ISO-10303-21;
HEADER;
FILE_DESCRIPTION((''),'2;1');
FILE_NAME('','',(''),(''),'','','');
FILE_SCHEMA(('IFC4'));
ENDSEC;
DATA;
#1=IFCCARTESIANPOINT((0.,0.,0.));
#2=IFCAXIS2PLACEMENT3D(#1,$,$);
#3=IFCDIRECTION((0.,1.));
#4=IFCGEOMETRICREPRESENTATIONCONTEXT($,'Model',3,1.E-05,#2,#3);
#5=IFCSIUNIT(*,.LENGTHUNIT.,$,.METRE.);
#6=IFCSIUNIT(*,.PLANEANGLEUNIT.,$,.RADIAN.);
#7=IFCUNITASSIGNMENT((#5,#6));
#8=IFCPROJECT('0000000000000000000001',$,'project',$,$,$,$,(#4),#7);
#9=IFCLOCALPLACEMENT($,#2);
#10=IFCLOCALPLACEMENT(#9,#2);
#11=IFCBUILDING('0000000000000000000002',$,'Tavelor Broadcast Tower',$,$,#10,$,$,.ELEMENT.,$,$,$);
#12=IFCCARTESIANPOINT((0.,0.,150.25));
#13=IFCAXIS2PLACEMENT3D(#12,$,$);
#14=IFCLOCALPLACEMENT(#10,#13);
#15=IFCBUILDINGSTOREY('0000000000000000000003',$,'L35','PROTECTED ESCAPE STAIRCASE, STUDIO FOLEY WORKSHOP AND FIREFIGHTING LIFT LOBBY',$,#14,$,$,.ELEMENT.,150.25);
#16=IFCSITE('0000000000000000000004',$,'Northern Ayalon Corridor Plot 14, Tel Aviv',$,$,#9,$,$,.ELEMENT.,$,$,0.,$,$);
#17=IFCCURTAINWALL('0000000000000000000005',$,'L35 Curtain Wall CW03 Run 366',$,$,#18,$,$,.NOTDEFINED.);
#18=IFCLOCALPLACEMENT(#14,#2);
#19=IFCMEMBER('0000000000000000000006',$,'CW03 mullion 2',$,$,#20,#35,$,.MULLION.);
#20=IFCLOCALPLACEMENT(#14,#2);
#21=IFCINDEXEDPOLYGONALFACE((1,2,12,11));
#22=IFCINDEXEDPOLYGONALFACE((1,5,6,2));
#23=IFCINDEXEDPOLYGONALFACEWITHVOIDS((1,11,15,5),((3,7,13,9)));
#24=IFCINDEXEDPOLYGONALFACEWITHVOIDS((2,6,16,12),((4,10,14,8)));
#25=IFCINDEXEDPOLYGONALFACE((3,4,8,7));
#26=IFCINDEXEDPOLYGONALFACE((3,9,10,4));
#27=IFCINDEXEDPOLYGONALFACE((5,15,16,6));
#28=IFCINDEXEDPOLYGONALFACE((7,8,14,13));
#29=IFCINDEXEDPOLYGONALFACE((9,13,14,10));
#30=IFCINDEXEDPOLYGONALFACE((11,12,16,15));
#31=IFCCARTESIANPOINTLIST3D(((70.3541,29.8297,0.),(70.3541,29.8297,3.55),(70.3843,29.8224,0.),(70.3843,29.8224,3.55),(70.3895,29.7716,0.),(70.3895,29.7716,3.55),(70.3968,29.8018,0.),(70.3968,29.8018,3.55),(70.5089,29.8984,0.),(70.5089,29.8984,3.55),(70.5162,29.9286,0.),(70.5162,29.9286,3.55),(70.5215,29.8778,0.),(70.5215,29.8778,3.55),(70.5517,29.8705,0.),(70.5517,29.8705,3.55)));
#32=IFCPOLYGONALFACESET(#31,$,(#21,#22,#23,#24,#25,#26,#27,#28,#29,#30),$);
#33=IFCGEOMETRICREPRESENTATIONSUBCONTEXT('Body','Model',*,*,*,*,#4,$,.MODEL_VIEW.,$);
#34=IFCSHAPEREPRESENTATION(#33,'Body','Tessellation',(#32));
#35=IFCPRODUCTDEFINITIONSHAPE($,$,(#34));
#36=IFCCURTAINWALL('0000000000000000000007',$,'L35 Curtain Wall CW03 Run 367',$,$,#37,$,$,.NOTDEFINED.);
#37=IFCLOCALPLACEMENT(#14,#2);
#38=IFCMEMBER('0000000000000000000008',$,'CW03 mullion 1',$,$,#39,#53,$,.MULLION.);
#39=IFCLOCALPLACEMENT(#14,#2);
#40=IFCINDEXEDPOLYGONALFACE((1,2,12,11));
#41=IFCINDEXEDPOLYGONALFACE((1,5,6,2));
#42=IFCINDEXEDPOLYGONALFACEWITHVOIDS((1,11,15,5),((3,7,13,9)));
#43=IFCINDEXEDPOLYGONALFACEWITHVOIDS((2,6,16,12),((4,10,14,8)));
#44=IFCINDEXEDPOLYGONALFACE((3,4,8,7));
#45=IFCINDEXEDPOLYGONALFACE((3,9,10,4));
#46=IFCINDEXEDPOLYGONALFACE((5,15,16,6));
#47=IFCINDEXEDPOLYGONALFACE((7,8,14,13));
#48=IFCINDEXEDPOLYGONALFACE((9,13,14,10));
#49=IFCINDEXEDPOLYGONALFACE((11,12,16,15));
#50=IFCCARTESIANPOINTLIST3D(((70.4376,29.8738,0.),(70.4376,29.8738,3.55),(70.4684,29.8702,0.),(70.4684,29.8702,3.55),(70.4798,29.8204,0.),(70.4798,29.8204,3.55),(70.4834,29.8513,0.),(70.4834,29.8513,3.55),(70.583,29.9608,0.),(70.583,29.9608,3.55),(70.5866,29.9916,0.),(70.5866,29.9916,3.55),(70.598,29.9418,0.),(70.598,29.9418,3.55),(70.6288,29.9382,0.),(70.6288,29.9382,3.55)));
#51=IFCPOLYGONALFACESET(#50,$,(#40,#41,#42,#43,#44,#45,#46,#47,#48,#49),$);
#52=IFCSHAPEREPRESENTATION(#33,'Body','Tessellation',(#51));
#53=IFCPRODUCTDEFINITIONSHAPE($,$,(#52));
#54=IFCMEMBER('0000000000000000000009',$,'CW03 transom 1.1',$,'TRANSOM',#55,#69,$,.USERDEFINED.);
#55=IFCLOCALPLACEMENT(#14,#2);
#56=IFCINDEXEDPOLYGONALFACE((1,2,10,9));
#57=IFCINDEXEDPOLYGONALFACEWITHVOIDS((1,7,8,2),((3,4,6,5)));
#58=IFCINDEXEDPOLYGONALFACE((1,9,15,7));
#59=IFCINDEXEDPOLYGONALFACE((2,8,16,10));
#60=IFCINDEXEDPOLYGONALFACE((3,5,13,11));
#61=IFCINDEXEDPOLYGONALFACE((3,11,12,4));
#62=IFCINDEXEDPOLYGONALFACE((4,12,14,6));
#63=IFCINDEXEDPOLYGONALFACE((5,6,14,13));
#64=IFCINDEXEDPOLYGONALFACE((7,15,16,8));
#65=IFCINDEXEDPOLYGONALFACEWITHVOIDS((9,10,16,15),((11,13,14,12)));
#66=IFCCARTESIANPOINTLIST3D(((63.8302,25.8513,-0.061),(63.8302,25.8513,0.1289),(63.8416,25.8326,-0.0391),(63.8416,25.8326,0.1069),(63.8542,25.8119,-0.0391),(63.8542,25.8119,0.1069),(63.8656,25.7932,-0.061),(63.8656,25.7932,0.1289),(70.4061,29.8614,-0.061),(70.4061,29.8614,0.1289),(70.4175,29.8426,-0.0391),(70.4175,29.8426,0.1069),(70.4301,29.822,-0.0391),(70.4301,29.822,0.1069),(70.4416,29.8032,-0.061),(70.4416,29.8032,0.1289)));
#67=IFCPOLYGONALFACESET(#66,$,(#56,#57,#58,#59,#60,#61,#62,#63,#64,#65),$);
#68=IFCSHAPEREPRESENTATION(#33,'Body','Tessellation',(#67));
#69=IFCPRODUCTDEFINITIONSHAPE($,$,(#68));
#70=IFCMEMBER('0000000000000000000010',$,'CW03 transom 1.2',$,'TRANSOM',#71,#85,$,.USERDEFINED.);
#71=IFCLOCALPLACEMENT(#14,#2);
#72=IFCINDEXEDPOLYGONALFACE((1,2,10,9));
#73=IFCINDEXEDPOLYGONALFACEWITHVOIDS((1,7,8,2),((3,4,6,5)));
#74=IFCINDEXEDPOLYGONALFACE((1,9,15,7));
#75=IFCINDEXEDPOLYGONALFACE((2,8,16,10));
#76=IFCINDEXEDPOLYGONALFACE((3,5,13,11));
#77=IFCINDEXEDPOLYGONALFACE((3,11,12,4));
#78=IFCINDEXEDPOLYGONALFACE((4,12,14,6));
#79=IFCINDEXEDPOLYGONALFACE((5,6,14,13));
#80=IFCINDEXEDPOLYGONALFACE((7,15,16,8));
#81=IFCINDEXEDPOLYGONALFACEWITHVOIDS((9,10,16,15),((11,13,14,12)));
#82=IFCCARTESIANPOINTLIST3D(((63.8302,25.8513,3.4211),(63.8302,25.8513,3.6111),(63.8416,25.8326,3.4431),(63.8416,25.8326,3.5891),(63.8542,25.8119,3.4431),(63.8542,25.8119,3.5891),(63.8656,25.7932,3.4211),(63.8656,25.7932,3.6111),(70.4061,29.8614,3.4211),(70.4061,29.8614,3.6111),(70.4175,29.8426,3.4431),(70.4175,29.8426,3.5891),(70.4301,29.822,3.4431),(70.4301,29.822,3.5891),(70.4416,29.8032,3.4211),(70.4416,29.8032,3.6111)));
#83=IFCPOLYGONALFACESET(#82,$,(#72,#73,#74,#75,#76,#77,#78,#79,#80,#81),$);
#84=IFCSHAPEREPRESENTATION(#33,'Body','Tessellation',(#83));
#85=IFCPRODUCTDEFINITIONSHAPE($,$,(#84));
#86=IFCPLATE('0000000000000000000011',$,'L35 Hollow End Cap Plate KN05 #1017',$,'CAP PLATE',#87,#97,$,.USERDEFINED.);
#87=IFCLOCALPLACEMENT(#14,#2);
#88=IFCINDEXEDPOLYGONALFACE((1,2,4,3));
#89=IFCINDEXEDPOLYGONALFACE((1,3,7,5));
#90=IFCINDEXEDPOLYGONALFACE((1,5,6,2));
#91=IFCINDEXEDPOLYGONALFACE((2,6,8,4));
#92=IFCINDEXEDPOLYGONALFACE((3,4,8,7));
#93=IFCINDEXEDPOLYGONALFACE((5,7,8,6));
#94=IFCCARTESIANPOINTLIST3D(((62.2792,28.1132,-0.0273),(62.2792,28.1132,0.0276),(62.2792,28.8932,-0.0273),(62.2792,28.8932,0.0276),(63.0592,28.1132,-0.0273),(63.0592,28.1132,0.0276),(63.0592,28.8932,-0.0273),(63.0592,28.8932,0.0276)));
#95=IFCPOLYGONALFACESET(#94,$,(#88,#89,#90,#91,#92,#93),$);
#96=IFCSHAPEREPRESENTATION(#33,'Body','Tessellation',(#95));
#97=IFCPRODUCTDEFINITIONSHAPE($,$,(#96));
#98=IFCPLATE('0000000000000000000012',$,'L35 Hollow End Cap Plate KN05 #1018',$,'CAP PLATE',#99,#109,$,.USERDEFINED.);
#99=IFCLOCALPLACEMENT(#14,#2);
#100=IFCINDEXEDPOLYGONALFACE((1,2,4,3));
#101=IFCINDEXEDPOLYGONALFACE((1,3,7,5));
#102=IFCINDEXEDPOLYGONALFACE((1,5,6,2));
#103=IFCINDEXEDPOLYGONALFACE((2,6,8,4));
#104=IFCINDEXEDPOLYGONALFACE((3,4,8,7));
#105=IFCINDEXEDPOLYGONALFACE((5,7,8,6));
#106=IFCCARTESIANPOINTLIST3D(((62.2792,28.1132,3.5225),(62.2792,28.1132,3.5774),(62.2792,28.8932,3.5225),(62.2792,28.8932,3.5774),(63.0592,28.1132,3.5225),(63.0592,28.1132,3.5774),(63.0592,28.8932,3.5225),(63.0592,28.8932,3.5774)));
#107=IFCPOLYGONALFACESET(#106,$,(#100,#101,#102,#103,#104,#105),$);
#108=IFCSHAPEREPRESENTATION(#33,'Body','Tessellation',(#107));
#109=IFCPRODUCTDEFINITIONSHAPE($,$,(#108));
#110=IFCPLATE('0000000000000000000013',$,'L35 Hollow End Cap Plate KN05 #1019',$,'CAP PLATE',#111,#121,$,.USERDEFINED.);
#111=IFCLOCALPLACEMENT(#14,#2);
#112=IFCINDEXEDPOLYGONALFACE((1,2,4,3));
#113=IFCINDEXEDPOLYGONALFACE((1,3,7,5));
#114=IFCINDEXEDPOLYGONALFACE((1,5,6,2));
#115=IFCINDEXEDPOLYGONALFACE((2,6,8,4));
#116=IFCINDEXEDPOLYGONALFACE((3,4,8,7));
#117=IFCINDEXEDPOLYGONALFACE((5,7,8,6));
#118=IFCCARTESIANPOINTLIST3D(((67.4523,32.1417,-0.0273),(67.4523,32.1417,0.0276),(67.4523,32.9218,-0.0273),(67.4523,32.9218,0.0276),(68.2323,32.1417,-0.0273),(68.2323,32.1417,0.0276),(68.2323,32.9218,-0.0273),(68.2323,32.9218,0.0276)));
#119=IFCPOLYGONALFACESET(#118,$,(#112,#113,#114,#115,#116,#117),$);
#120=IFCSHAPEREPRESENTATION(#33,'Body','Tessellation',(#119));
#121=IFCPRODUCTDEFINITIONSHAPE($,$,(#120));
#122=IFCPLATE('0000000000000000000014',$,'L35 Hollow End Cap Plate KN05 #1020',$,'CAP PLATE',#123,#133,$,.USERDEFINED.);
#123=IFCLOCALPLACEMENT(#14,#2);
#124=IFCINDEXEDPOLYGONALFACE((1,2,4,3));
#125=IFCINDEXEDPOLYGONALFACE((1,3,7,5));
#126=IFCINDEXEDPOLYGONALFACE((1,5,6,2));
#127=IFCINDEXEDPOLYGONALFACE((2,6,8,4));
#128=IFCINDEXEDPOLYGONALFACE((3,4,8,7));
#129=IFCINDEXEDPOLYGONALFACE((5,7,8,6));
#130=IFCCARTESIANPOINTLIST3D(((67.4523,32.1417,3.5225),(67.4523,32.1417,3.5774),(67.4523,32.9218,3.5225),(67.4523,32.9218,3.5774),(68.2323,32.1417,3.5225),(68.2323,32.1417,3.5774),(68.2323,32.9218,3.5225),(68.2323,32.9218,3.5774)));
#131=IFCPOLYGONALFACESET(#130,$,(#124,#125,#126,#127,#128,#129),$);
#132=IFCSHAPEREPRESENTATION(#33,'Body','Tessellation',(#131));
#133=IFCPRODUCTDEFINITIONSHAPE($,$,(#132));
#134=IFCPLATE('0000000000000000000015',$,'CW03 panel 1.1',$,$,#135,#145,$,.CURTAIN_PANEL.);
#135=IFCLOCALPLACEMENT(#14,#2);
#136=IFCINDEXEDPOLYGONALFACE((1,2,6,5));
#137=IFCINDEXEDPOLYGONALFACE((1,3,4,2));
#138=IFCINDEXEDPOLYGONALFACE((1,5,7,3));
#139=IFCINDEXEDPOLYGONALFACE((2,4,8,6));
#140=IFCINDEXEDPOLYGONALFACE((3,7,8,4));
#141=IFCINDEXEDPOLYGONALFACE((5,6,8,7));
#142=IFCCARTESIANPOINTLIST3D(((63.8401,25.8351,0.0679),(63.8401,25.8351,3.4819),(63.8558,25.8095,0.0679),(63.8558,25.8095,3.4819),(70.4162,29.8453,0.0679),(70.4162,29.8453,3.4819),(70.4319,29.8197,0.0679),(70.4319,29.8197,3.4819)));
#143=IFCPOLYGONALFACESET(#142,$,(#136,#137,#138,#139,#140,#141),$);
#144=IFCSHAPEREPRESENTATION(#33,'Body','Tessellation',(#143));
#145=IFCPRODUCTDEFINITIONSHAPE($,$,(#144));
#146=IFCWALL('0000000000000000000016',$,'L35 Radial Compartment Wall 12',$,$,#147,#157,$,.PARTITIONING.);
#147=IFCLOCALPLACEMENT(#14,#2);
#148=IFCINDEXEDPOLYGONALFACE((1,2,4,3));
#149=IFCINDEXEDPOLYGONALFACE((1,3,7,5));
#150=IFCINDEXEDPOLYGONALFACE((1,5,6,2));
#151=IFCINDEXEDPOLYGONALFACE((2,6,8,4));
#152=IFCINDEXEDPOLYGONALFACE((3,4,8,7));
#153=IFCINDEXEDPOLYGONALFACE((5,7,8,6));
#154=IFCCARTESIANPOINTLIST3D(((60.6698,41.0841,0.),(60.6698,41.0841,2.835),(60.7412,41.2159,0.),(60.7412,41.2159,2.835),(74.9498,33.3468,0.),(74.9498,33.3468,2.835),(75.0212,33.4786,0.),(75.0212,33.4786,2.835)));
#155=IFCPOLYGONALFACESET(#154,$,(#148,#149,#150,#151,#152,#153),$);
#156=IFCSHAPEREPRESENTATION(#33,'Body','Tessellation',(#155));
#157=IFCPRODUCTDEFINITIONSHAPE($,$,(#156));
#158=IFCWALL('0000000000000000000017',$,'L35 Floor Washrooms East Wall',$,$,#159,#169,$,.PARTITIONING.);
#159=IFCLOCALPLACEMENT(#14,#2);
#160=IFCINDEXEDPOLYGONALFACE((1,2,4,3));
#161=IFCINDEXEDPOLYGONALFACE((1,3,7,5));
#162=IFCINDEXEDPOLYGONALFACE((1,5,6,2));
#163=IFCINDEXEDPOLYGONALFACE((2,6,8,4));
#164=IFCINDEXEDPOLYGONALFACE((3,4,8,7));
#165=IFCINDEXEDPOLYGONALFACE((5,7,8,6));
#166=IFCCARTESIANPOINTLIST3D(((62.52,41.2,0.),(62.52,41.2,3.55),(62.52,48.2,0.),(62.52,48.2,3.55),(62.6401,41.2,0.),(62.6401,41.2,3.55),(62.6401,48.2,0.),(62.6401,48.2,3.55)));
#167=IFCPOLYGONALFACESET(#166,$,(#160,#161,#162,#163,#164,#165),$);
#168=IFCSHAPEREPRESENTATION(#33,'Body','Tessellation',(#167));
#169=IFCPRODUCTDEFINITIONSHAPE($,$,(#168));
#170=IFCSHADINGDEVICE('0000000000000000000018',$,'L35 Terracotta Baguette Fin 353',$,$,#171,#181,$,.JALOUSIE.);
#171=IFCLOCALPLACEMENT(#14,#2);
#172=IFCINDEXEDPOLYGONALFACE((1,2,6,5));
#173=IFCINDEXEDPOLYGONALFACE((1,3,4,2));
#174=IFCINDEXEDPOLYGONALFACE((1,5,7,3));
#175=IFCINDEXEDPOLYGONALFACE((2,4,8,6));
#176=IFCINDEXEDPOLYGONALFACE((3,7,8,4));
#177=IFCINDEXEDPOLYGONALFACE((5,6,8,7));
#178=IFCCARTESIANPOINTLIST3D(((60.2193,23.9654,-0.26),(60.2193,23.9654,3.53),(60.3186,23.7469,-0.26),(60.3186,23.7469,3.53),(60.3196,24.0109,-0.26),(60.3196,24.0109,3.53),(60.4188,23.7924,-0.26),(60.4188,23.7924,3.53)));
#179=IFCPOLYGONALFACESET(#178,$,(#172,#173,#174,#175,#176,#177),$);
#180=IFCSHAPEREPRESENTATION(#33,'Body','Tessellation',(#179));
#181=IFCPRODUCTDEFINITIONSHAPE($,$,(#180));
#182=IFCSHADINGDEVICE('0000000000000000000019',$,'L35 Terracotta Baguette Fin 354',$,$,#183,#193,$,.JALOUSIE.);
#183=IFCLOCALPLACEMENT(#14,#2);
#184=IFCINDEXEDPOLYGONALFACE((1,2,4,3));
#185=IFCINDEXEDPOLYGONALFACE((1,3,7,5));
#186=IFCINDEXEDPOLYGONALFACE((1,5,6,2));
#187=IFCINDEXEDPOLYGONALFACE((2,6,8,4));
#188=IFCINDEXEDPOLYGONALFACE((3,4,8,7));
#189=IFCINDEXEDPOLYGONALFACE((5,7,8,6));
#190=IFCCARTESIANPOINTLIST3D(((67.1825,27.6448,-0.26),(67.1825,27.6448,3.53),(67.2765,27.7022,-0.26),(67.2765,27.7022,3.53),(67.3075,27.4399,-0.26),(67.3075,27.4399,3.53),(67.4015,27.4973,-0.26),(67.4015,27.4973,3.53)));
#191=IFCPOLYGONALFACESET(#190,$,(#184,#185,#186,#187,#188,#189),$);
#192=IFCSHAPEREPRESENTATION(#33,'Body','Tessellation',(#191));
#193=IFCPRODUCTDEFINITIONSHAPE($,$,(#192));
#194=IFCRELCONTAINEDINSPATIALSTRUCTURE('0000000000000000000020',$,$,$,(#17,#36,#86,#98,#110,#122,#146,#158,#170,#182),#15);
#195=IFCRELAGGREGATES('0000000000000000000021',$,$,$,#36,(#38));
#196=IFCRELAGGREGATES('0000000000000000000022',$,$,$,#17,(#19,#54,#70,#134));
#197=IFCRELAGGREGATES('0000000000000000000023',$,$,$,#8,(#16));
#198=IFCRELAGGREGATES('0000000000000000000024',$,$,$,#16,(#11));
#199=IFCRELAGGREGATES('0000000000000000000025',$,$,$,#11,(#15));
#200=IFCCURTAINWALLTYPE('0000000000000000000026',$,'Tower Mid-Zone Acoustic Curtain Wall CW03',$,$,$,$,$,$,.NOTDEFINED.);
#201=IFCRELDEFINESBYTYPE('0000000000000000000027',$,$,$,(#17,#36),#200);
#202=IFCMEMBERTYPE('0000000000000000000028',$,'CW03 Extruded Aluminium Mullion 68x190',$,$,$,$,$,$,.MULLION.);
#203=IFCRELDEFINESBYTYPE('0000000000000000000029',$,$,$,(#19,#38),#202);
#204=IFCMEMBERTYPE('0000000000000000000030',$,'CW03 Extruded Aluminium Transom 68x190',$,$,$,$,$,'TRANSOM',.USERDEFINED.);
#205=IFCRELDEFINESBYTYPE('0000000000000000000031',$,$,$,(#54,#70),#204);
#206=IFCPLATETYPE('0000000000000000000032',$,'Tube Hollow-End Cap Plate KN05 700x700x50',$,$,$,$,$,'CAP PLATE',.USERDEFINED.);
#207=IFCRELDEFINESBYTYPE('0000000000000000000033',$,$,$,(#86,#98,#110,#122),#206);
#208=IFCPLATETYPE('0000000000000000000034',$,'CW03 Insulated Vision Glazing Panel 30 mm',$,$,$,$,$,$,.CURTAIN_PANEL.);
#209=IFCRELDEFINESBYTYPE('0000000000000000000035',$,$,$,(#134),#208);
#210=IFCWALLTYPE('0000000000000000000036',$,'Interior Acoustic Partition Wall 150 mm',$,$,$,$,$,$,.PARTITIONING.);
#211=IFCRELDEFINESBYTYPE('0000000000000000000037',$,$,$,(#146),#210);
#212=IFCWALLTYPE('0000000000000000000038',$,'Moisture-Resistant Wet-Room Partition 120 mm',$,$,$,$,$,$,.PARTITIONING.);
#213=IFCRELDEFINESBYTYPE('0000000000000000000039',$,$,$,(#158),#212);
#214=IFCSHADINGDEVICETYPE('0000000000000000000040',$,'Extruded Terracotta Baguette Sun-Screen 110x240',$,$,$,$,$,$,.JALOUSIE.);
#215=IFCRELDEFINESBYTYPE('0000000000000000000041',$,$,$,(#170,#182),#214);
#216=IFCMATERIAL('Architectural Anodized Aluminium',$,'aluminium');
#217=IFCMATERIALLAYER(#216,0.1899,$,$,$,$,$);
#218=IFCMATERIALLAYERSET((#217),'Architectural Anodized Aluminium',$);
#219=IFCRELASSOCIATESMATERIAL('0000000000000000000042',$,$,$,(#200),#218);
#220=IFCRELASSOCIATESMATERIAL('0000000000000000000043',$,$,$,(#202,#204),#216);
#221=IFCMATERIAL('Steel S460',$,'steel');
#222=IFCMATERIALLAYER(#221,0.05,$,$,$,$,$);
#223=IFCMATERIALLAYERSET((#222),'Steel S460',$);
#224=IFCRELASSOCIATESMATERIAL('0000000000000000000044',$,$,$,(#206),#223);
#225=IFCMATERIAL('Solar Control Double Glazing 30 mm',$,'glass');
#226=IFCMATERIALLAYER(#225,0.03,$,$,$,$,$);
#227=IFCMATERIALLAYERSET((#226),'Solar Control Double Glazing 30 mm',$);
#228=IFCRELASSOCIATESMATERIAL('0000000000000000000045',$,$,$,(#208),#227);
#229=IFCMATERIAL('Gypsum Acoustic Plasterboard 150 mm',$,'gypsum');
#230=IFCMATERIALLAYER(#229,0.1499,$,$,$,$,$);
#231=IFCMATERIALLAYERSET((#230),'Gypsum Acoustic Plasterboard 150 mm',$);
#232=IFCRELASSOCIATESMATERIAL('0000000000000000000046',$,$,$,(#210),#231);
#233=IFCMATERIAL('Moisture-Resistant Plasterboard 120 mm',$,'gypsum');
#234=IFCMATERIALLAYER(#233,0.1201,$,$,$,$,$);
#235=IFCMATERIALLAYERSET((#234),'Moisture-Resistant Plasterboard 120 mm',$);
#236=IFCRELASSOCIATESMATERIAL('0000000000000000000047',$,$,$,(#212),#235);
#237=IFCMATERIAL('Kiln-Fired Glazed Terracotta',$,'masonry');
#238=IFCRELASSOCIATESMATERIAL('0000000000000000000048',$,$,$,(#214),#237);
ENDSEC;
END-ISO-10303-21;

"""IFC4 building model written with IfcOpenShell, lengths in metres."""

from ifc_helpers import new_model, si_unit, direction, frame, frame_2d, origin, origin_2d, place, context, subcontext, project, spatial, rectangle, hollow_rectangle, extrude, source, transform, mapped, material, layer, layer_set, material_profile, profile_set, type_object, type_shapes, element, aggregate, save


model = new_model("IFC4")

# Units and contexts
model_context = context("Model", 3, precision=1e-05, world=origin(), true_north=direction((0.0, 1.0)))
body_context = subcontext(model_context, "Body", "Model", "MODEL_VIEW")
ifc_project = project(units=[si_unit("LENGTHUNIT", "METRE"), si_unit("PLANEANGLEUNIT", "RADIAN")], contexts=[model_context])

# Site, building, storey
site_placement = place(None, origin())
site = spatial("IfcSite", under=ifc_project, at=site_placement, Name="Northern Ayalon Corridor Plot 14, Tel Aviv", CompositionType="ELEMENT", RefElevation=0.0)
building_placement = place(site_placement, origin())
building = spatial("IfcBuilding", under=site, at=building_placement, Name="Tavelor Broadcast Tower", CompositionType="ELEMENT")
storey_placement = place(building_placement, frame((0.0, 0.0, 150.25)))
storey = spatial("IfcBuildingStorey", under=building, at=storey_placement, Name="L35", Description="PROTECTED ESCAPE STAIRCASE, STUDIO FOLEY WORKSHOP AND FIREFIGHTING LIFT LOBBY", CompositionType="ELEMENT", Elevation=150.25)

# Shared definitions
ifc_material_1 = material(Name="Steel S460", Category="steel")

# Shared definitions
ifc_material_2 = material(Name="Architectural Anodized Aluminium", Category="aluminium")
ifc_layer_1 = layer(ifc_material_2, 0.1899)
ifc_layer_set_1 = layer_set([ifc_layer_1], Name="Architectural Anodized Aluminium")
curtain_wall_type = type_object("IfcCurtainWallType", Name="Tower Mid-Zone Acoustic Curtain Wall CW03", PredefinedType="NOTDEFINED", material=ifc_layer_set_1)
ifc_material_profile_1 = material_profile(ifc_material_2, hollow_rectangle(XDim=0.0681, YDim=0.1899, WallThickness=0.022, at=origin_2d()), Name="RHS 68x190x22")
ifc_profile_set_1 = profile_set([ifc_material_profile_1], Name="Architectural Anodized Aluminium")
member_type_1 = type_object("IfcMemberType", Name="CW03 Extruded Aluminium Mullion 68x190", PredefinedType="MULLION", material=ifc_profile_set_1)
shared_shape_1 = source(origin(), body_context, "Body", "SweptSolid", [
    extrude(hollow_rectangle(XDim=0.0681, YDim=0.1899, WallThickness=0.022, at=origin_2d()), origin(), (0.0, 0.0, 1.0), 3.55),
])
type_shapes(member_type_1, [shared_shape_1])

# Curtain wall, member
curtain_wall_1_placement = place(storey_placement, origin())
curtain_wall_1 = element("IfcCurtainWall", 1, at=curtain_wall_1_placement, inside=storey, type_object=curtain_wall_type, Name="L35 Curtain Wall CW03 Run 366", PredefinedType="NOTDEFINED")
member_1_placement = place(storey_placement, frame((70.4529, 29.8501, 0.0), z_axis=(0.0, 0.0, 1.0), x_axis=(-0.520644, 0.853774, 0.0)))
member_1 = element("IfcMember", 2, at=member_1_placement, type_object=member_type_1, Name="CW03 mullion 2", PredefinedType="MULLION", context=body_context, shape_type="MappedRepresentation", body=[
    mapped(shared_shape_1, transform((0.0, 0.0, 0.0), scale=1.0)),
])

# Curtain wall, member
curtain_wall_2_placement = place(storey_placement, origin())
curtain_wall_2 = element("IfcCurtainWall", 3, at=curtain_wall_2_placement, inside=storey, type_object=curtain_wall_type, Name="L35 Curtain Wall CW03 Run 367", PredefinedType="NOTDEFINED")
member_2_placement = place(storey_placement, frame((70.5332, 29.906, 0.0), z_axis=(0.0, 0.0, 1.0), x_axis=(-0.620143, 0.784489, 0.0)))
member_2 = element("IfcMember", 4, at=member_2_placement, type_object=member_type_1, Name="CW03 mullion 1", PredefinedType="MULLION", context=body_context, shape_type="MappedRepresentation", body=[
    mapped(shared_shape_1, transform((0.0, 0.0, 0.0), scale=1.0)),
])
aggregate(curtain_wall_2, [member_2])

# Members
ifc_material_profile_2 = material_profile(ifc_material_2, hollow_rectangle(XDim=0.0681, YDim=0.1899, WallThickness=0.022, at=origin_2d()), Name="RHS 68x190x22")
ifc_profile_set_2 = profile_set([ifc_material_profile_2], Name="Architectural Anodized Aluminium")
member_type_2 = type_object("IfcMemberType", Name="CW03 Extruded Aluminium Transom 68x190", ElementType="TRANSOM", PredefinedType="USERDEFINED", material=ifc_profile_set_2)
shared_shape_2 = source(origin(), body_context, "Body", "SweptSolid", [
    extrude(hollow_rectangle(XDim=0.0681, YDim=0.1899, WallThickness=0.022, at=origin_2d()), origin(), (0.0, 0.0, 1.0), 7.7021),
])
type_shapes(member_type_2, [shared_shape_2])
member_3_placement = place(storey_placement, frame((63.8479, 25.8223, 0.0339), z_axis=(0.853779, 0.520636, 0.0), x_axis=(-0.520636, 0.853779, 0.0)))
member_3 = element("IfcMember", 5, at=member_3_placement, type_object=member_type_2, Name="CW03 transom 1.1", ObjectType="TRANSOM", PredefinedType="USERDEFINED", context=body_context, shape_type="MappedRepresentation", body=[
    mapped(shared_shape_2, transform((0.0, 0.0, 0.0), scale=1.0)),
])
member_4_placement = place(storey_placement, frame((63.8479, 25.8223, 3.5161), z_axis=(0.853779, 0.520636, 0.0), x_axis=(-0.520636, 0.853779, 0.0)))
member_4 = element("IfcMember", 6, at=member_4_placement, type_object=member_type_2, Name="CW03 transom 1.2", ObjectType="TRANSOM", PredefinedType="USERDEFINED", context=body_context, shape_type="MappedRepresentation", body=[
    mapped(shared_shape_2, transform((0.0, 0.0, 0.0), scale=1.0)),
])

# Plates
ifc_layer_2 = layer(ifc_material_1, 0.05)
ifc_layer_set_2 = layer_set([ifc_layer_2], Name="Steel S460")
plate_type_1 = type_object("IfcPlateType", Name="Tube Hollow-End Cap Plate KN05 700x700x50", ElementType="CAP PLATE", PredefinedType="USERDEFINED", material=ifc_layer_set_2)
shared_shape_3 = source(origin(), body_context, "Body", "SweptSolid", [
    extrude(rectangle(XDim=0.78, YDim=0.78, at=origin_2d()), origin(), (0.0, 0.0, 1.0), 0.0549),
])
type_shapes(plate_type_1, [shared_shape_3])
for number, where, z_axis, x_axis, name in (
    (7, (62.6692, 28.5032, -0.0273), (0.0, 0.0, 1.0), (1.0, 0.0, 0.0), "L35 Hollow End Cap Plate KN05 #1017"),
    (8, (62.6692, 28.5032, 3.5225), (0.0, 0.0, 1.0), (1.0, 0.0, 0.0), "L35 Hollow End Cap Plate KN05 #1018"),
    (9, (67.8423, 32.5317, -0.0273), (0.0, 0.0, 1.0), (1.0, 0.0, 0.0), "L35 Hollow End Cap Plate KN05 #1019"),
    (10, (67.8423, 32.5317, 3.5225), (0.0, 0.0, 1.0), (1.0, 0.0, 0.0), "L35 Hollow End Cap Plate KN05 #1020"),
):
    element("IfcPlate", number, at=place(storey_placement, frame(where, z_axis=z_axis, x_axis=x_axis)), inside=storey, type_object=plate_type_1, Name=name, ObjectType="CAP PLATE", PredefinedType="USERDEFINED", context=body_context, shape_type="MappedRepresentation", body=[
        mapped(shared_shape_3, transform((0.0, 0.0, 0.0), scale=1.0)),
    ])

# Plate
ifc_material_3 = material(Name="Solar Control Double Glazing 30 mm", Category="glass")
ifc_layer_3 = layer(ifc_material_3, 0.03)
ifc_layer_set_3 = layer_set([ifc_layer_3], Name="Solar Control Double Glazing 30 mm")
plate_type_2 = type_object("IfcPlateType", Name="CW03 Insulated Vision Glazing Panel 30 mm", PredefinedType="CURTAIN_PANEL", material=ifc_layer_set_3)
shared_shape_4 = source(origin(), body_context, "Body", "SweptSolid", [
    extrude(rectangle(XDim=7.7024, YDim=0.03, at=origin_2d()), origin(), (0.0, 0.0, 1.0), 3.4141),
])
type_shapes(plate_type_2, [shared_shape_4])
plate_placement = place(storey_placement, frame((67.136, 27.8274, 0.0679), z_axis=(0.0, 0.0, 1.0), x_axis=(0.853774, 0.520644, 0.0)))
plate = element("IfcPlate", 11, at=plate_placement, type_object=plate_type_2, Name="CW03 panel 1.1", PredefinedType="CURTAIN_PANEL", context=body_context, shape_type="MappedRepresentation", body=[
    mapped(shared_shape_4, transform((0.0, 0.0, 0.0), scale=1.0)),
])
aggregate(curtain_wall_1, [member_1, member_3, member_4, plate])

# Walls
ifc_material_4 = material(Name="Gypsum Acoustic Plasterboard 150 mm", Category="gypsum")
ifc_layer_4 = layer(ifc_material_4, 0.1499)
ifc_layer_set_4 = layer_set([ifc_layer_4], Name="Gypsum Acoustic Plasterboard 150 mm")
wall_type_1 = type_object("IfcWallType", Name="Interior Acoustic Partition Wall 150 mm", PredefinedType="PARTITIONING", material=ifc_layer_set_4)
wall_1_placement = place(storey_placement, frame((60.7056, 41.1499, 0.0), z_axis=(0.0, 0.0, 1.0), x_axis=(0.879233, -0.476392, 0.0)))
element("IfcWall", 12, at=wall_1_placement, inside=storey, type_object=wall_type_1, Name="L35 Radial Compartment Wall 12", PredefinedType="PARTITIONING", context=body_context, shape_type="SweptSolid", body=[
    extrude(rectangle(XDim=16.2415, YDim=0.1499, at=frame_2d((8.1206, 0.0))), origin(), (0.0, 0.0, 1.0), 2.835),
])
ifc_material_5 = material(Name="Moisture-Resistant Plasterboard 120 mm", Category="gypsum")
ifc_layer_5 = layer(ifc_material_5, 0.1201)
ifc_layer_set_5 = layer_set([ifc_layer_5], Name="Moisture-Resistant Plasterboard 120 mm")
wall_type_2 = type_object("IfcWallType", Name="Moisture-Resistant Wet-Room Partition 120 mm", PredefinedType="PARTITIONING", material=ifc_layer_set_5)
wall_2_placement = place(storey_placement, frame((62.5801, 41.2, 0.0), z_axis=(0.0, 0.0, 1.0), x_axis=(0.0, 1.0, 0.0)))
element("IfcWall", 13, at=wall_2_placement, inside=storey, type_object=wall_type_2, Name="L35 Floor Washrooms East Wall", PredefinedType="PARTITIONING", context=body_context, shape_type="SweptSolid", body=[
    extrude(rectangle(XDim=7.0, YDim=0.1201, at=frame_2d((3.5, 0.0))), origin(), (0.0, 0.0, 1.0), 3.55),
])

# Shading devices
ifc_material_6 = material(Name="Kiln-Fired Glazed Terracotta", Category="masonry")
shading_device_type = type_object("IfcShadingDeviceType", Name="Extruded Terracotta Baguette Sun-Screen 110x240", PredefinedType="JALOUSIE", material=ifc_material_6)
shared_shape_5 = source(origin(), body_context, "Body", "SweptSolid", [
    extrude(rectangle(XDim=0.1101, YDim=0.24, at=origin_2d()), origin(), (0.0, 0.0, 1.0), 3.79),
])
type_shapes(shading_device_type, [shared_shape_5])
for number, where, z_axis, x_axis, name in (
    (14, (60.3191, 23.8789, -0.26), (0.0, 0.0, 1.0), (0.910467, 0.413581, 0.0), "L35 Terracotta Baguette Fin 353"),
    (15, (67.292, 27.571, -0.26), (0.0, 0.0, 1.0), (0.853733, 0.520712, 0.0), "L35 Terracotta Baguette Fin 354"),
):
    element("IfcShadingDevice", number, at=place(storey_placement, frame(where, z_axis=z_axis, x_axis=x_axis)), inside=storey, type_object=shading_device_type, Name=name, PredefinedType="JALOUSIE", context=body_context, shape_type="MappedRepresentation", body=[
        mapped(shared_shape_5, transform((0.0, 0.0, 0.0), scale=1.0)),
    ])

save(model, "model.ifc")
